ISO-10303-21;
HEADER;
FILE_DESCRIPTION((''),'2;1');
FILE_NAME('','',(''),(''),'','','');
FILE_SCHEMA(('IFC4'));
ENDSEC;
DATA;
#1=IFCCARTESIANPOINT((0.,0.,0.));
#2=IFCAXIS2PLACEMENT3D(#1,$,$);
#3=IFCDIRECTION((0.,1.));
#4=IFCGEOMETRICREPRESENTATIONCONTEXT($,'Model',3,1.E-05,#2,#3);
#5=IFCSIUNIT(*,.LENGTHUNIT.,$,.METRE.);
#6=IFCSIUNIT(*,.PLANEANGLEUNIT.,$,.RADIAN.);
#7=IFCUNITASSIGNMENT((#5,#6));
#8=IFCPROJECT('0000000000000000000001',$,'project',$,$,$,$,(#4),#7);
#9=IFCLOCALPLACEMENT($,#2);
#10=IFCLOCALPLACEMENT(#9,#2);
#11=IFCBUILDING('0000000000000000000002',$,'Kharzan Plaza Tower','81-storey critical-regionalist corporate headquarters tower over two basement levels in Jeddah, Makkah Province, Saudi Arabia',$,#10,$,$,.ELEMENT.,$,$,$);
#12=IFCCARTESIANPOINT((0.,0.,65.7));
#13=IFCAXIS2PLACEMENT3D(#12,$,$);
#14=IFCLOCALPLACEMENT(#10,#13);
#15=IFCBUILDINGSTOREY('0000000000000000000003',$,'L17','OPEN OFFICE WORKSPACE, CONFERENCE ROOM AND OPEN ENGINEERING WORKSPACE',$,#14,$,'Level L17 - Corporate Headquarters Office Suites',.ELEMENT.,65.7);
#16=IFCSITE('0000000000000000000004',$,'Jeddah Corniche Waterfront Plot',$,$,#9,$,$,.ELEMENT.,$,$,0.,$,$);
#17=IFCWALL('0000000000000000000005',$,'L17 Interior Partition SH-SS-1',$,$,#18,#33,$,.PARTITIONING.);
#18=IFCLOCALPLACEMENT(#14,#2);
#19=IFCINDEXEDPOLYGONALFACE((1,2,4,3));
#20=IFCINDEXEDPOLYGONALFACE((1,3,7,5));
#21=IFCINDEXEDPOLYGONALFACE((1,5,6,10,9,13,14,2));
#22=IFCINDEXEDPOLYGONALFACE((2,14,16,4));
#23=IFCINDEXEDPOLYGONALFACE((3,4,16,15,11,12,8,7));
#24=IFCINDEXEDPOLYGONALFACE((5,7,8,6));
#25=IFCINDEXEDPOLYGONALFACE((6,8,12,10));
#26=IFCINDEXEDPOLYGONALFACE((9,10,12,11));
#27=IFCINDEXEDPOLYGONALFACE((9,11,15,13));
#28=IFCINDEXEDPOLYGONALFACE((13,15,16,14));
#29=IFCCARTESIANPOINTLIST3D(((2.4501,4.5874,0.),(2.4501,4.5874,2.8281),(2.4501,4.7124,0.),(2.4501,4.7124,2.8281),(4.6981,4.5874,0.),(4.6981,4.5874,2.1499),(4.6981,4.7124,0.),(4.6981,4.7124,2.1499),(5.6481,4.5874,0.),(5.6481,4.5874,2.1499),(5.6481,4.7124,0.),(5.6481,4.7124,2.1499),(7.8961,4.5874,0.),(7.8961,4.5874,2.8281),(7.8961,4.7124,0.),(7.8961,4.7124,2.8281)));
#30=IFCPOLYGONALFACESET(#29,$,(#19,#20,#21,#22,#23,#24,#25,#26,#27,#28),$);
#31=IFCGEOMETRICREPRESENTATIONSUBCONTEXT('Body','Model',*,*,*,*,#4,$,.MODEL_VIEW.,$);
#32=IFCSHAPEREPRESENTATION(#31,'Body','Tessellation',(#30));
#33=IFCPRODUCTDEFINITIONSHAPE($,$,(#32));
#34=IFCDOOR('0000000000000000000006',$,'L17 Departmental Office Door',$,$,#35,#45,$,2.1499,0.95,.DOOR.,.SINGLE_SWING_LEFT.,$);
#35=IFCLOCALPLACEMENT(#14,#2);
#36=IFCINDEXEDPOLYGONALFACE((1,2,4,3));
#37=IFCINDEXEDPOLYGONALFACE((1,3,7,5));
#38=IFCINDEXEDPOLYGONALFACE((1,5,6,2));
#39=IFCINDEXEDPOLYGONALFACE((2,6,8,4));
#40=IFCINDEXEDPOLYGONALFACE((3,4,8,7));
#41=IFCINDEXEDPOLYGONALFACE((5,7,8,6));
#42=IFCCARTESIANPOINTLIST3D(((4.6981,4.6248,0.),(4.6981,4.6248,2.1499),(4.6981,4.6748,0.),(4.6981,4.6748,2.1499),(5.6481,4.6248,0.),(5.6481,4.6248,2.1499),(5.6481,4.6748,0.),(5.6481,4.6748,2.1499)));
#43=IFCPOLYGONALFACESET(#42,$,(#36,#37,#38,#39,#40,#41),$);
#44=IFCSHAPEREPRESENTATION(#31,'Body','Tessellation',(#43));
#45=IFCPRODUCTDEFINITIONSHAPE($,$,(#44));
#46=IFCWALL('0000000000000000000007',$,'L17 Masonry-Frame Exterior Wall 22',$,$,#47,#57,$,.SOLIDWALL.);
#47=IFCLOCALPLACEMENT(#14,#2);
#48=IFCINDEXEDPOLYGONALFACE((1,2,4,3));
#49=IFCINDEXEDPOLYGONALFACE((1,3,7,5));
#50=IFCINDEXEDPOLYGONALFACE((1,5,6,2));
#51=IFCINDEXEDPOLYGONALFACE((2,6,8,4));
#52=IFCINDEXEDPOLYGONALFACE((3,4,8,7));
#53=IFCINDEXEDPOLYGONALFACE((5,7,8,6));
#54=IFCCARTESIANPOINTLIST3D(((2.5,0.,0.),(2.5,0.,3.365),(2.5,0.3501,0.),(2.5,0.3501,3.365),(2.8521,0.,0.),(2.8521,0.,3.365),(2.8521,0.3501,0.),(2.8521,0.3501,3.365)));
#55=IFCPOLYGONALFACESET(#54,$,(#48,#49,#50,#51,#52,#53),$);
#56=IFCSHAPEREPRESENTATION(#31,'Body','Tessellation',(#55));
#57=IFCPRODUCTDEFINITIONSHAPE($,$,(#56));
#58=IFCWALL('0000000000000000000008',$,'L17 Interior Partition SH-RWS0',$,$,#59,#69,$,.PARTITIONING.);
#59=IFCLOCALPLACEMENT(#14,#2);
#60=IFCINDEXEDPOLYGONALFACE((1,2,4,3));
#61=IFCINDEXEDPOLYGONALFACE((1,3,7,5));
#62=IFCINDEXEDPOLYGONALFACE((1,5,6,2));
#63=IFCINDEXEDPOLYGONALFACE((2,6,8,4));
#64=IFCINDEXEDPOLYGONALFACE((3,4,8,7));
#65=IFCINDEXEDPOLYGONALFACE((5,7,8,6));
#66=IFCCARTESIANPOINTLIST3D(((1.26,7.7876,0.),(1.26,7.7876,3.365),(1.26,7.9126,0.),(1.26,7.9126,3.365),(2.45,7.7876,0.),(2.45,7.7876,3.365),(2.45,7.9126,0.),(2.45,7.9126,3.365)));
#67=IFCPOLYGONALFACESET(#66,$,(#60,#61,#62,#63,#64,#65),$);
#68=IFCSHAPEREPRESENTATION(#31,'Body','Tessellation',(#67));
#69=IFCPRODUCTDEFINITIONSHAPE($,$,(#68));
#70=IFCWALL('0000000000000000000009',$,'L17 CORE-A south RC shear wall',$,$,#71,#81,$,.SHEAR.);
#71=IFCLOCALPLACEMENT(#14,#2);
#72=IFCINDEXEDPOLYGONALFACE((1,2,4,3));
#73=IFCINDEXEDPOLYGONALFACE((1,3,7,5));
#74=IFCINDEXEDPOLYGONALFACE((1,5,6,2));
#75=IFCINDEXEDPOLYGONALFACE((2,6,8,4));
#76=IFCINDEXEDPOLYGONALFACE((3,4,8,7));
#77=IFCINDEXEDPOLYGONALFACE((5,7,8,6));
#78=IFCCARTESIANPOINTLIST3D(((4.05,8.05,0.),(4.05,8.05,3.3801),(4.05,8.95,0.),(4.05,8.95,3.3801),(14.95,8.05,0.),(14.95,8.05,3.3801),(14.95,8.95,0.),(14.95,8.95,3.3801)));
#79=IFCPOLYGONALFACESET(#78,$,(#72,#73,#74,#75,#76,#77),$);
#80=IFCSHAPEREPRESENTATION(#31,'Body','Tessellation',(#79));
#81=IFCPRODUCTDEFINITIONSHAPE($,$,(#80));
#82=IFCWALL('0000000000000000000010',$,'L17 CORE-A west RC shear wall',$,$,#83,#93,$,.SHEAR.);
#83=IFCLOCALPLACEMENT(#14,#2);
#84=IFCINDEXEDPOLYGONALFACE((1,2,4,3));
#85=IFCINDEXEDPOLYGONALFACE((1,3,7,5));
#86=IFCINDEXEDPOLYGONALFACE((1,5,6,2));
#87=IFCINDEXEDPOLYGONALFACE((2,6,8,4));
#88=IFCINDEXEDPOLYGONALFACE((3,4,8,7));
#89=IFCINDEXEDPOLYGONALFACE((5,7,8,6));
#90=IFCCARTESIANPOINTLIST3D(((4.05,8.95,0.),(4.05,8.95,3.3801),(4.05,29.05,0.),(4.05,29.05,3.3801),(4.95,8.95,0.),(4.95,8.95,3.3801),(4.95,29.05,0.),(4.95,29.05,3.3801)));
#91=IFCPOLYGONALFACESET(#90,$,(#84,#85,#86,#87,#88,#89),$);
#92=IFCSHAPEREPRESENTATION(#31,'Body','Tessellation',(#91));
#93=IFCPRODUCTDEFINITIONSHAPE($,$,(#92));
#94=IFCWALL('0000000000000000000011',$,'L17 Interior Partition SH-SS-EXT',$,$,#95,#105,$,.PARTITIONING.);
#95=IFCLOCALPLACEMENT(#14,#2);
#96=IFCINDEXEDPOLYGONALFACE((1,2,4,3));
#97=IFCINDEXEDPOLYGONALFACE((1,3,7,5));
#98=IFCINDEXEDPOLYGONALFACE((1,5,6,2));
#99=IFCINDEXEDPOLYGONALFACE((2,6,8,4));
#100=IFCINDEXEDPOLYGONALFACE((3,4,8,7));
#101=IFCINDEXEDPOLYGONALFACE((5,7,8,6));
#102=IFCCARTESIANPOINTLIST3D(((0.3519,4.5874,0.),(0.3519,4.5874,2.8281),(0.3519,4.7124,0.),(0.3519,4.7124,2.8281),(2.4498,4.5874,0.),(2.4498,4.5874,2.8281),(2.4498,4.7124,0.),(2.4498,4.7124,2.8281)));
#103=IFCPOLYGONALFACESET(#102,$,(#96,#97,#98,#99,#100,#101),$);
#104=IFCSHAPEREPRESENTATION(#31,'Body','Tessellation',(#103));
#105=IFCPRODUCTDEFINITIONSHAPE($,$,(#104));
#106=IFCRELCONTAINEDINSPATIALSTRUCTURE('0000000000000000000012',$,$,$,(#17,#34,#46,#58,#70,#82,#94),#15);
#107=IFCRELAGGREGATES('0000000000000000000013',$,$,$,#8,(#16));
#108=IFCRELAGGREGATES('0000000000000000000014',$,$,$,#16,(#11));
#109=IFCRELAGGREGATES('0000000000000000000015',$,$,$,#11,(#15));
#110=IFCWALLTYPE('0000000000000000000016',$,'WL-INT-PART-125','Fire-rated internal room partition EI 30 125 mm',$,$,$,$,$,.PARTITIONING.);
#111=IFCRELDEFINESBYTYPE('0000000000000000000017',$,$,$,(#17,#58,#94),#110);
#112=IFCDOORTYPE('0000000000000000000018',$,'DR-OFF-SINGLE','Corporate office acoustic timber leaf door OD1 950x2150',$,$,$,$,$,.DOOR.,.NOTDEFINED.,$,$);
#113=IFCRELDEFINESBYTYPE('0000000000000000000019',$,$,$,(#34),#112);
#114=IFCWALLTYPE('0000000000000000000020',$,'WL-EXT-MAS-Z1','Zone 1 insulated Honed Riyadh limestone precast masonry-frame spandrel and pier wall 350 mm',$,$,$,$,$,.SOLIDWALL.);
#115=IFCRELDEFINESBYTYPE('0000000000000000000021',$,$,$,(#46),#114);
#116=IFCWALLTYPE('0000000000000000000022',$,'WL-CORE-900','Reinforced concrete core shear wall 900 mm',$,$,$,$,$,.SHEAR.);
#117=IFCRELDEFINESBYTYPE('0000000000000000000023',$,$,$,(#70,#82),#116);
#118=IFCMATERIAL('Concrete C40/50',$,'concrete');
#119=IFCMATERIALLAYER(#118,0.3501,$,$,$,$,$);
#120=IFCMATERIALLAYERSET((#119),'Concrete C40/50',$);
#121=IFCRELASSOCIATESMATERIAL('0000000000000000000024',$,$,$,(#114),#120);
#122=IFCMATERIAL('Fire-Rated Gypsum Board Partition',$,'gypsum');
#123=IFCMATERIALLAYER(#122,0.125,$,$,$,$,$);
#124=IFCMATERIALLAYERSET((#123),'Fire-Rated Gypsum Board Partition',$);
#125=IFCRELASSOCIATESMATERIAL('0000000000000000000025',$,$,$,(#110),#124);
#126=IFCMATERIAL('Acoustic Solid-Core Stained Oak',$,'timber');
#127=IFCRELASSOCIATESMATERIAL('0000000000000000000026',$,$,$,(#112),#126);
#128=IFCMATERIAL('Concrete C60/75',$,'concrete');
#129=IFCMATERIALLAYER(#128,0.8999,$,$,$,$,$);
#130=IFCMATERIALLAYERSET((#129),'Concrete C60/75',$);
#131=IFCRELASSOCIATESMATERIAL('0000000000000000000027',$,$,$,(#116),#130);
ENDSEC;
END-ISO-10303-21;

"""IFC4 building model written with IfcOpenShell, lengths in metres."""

from ifc_helpers import new_model, si_unit, direction, frame, frame_2d, origin, place, context, subcontext, project, spatial, rectangle, extrude, source, transform, mapped, material, layer, layer_set, type_object, element, fill, save


model = new_model("IFC4")

# Units and contexts
model_context = context("Model", 3, precision=1e-05, world=origin(), true_north=direction((0.0, 1.0)))
body_context = subcontext(model_context, "Body", "Model", "MODEL_VIEW")
ifc_project = project(units=[si_unit("LENGTHUNIT", "METRE"), si_unit("PLANEANGLEUNIT", "RADIAN")], contexts=[model_context])

# Site, building, storey
site_placement = place(None, origin())
site = spatial("IfcSite", under=ifc_project, at=site_placement, Name="Jeddah Corniche Waterfront Plot", CompositionType="ELEMENT", RefElevation=0.0)
building_placement = place(site_placement, origin())
building = spatial("IfcBuilding", under=site, at=building_placement, Name="Kharzan Plaza Tower", Description="81-storey critical-regionalist corporate headquarters tower over two basement levels in Jeddah, Makkah Province, Saudi Arabia", CompositionType="ELEMENT")
storey_placement = place(building_placement, frame((0.0, 0.0, 65.7)))
storey = spatial("IfcBuildingStorey", under=building, at=storey_placement, Name="L17", Description="OPEN OFFICE WORKSPACE, CONFERENCE ROOM AND OPEN ENGINEERING WORKSPACE", LongName="Level L17 - Corporate Headquarters Office Suites", CompositionType="ELEMENT", Elevation=65.7)

# Shared definitions
ifc_material_1 = material(Name="Concrete C60/75", Category="concrete")

# Shared definitions
ifc_material_2 = material(Name="Concrete C40/50", Category="concrete")

# Shared definitions
ifc_layer_1 = layer(ifc_material_2, 0.3501)
ifc_layer_set_1 = layer_set([ifc_layer_1], Name="Concrete C40/50")
wall_type_1 = type_object("IfcWallType", Name="WL-EXT-MAS-Z1", Description="Zone 1 insulated Honed Riyadh limestone precast masonry-frame spandrel and pier wall 350 mm", PredefinedType="SOLIDWALL", material=ifc_layer_set_1)

# Wall, opening, door
ifc_material_3 = material(Name="Fire-Rated Gypsum Board Partition", Category="gypsum")
ifc_layer_2 = layer(ifc_material_3, 0.125)
ifc_layer_set_2 = layer_set([ifc_layer_2], Name="Fire-Rated Gypsum Board Partition")
wall_type_2 = type_object("IfcWallType", Name="WL-INT-PART-125", Description="Fire-rated internal room partition EI 30 125 mm", PredefinedType="PARTITIONING", material=ifc_layer_set_2)
ifc_material_4 = material(Name="Acoustic Solid-Core Stained Oak", Category="timber")
door_type = type_object("IfcDoorType", Name="DR-OFF-SINGLE", Description="Corporate office acoustic timber leaf door OD1 950x2150", OperationType="NOTDEFINED", PredefinedType="DOOR", material=ifc_material_4)
shared_shape_1 = source(origin(), body_context, "Body", "SweptSolid", [
    extrude(rectangle(XDim=0.95, YDim=2.1499, at=frame_2d((0.4751, 1.075))), frame((0.0, 0.0249, 0.0), z_axis=(0.0, -1.0, 0.0), x_axis=(1.0, 0.0, 0.0)), (0.0, 0.0, 1.0), 0.05),
])
wall_1_placement = place(storey_placement, frame((2.45, 4.6499, 0.0), z_axis=(0.0, 0.0, 1.0), x_axis=(1.0, 0.0, 0.0)))
wall_1 = element("IfcWall", 1, at=wall_1_placement, inside=storey, type_object=wall_type_2, Name="L17 Interior Partition SH-SS-1", PredefinedType="PARTITIONING", context=body_context, shape_type="SweptSolid", body=[
    extrude(rectangle(XDim=5.446, YDim=0.125, at=frame_2d((2.7231, 0.0))), origin(), (0.0, 0.0, 1.0), 2.8281),
])
opening_1_placement = place(wall_1_placement, frame((2.248, 0.0, 0.0)))
opening_1 = element("IfcOpeningElement", 2, at=opening_1_placement, cuts=wall_1, PredefinedType="OPENING", context=body_context, shape_type="SweptSolid", body=[
    extrude(rectangle(XDim=0.95, YDim=2.1499, at=frame_2d((0.4751, 1.075))), frame((0.0, 0.0725, 0.0), z_axis=(0.0, -1.0, 0.0), x_axis=(1.0, 0.0, 0.0)), (0.0, 0.0, 1.0), 0.145),
])
door_1_placement = place(opening_1_placement, origin())
door_1 = element("IfcDoor", 3, at=door_1_placement, inside=storey, type_object=door_type, Name="L17 Departmental Office Door", OperationType="SINGLE_SWING_LEFT", OverallHeight=2.1499, OverallWidth=0.95, PredefinedType="DOOR", context=body_context, shape_type="MappedRepresentation", body=[
    mapped(shared_shape_1, transform((0.0, 0.0, 0.0), x_axis=(1.0, 0.0, 0.0), y_axis=(0.0, 1.0, 0.0), z_axis=(0.0, 0.0, 1.0))),
])
fill(opening_1, door_1)

# Walls
shared_shape_2 = source(origin(), body_context, "Body", "SweptSolid", [
    extrude(rectangle(XDim=0.3521, YDim=0.3501, at=frame_2d((0.176, 0.0))), origin(), (0.0, 0.0, 1.0), 3.365),
])
wall_2_placement = place(storey_placement, frame((2.5, 0.175, 0.0), z_axis=(0.0, 0.0, 1.0), x_axis=(1.0, 0.0, 0.0)))
element("IfcWall", 4, at=wall_2_placement, inside=storey, type_object=wall_type_1, Name="L17 Masonry-Frame Exterior Wall 22", PredefinedType="SOLIDWALL", context=body_context, shape_type="MappedRepresentation", body=[
    mapped(shared_shape_2, transform((0.0, 0.0, 0.0), x_axis=(1.0, 0.0, 0.0), y_axis=(0.0, 1.0, 0.0), z_axis=(0.0, 0.0, 1.0))),
])
shared_shape_3 = source(origin(), body_context, "Body", "SweptSolid", [
    extrude(rectangle(XDim=1.1899, YDim=0.125, at=frame_2d((0.595, 0.0))), origin(), (0.0, 0.0, 1.0), 3.365),
])
wall_3_placement = place(storey_placement, frame((1.26, 7.8501, 0.0), z_axis=(0.0, 0.0, 1.0), x_axis=(1.0, 0.0, 0.0)))
element("IfcWall", 5, at=wall_3_placement, inside=storey, type_object=wall_type_2, Name="L17 Interior Partition SH-RWS0", PredefinedType="PARTITIONING", context=body_context, shape_type="MappedRepresentation", body=[
    mapped(shared_shape_3, transform((0.0, 0.0, 0.0), x_axis=(1.0, 0.0, 0.0), y_axis=(0.0, 1.0, 0.0), z_axis=(0.0, 0.0, 1.0))),
])
ifc_layer_3 = layer(ifc_material_1, 0.8999)
ifc_layer_set_3 = layer_set([ifc_layer_3], Name="Concrete C60/75")
wall_type_3 = type_object("IfcWallType", Name="WL-CORE-900", Description="Reinforced concrete core shear wall 900 mm", PredefinedType="SHEAR", material=ifc_layer_set_3)
shared_shape_4 = source(origin(), body_context, "Body", "SweptSolid", [
    extrude(rectangle(XDim=10.8999, YDim=0.8999, at=frame_2d((5.45, 0.0))), origin(), (0.0, 0.0, 1.0), 3.3801),
])
wall_4_placement = place(storey_placement, frame((4.05, 8.5, 0.0), z_axis=(0.0, 0.0, 1.0), x_axis=(1.0, 0.0, 0.0)))
element("IfcWall", 6, at=wall_4_placement, inside=storey, type_object=wall_type_3, Name="L17 CORE-A south RC shear wall", PredefinedType="SHEAR", context=body_context, shape_type="MappedRepresentation", body=[
    mapped(shared_shape_4, transform((0.0, 0.0, 0.0), x_axis=(1.0, 0.0, 0.0), y_axis=(0.0, 1.0, 0.0), z_axis=(0.0, 0.0, 1.0))),
])
shared_shape_5 = source(origin(), body_context, "Body", "SweptSolid", [
    extrude(rectangle(XDim=20.1001, YDim=0.8999, at=frame_2d((10.05, 0.0))), origin(), (0.0, 0.0, 1.0), 3.3801),
])
wall_5_placement = place(storey_placement, frame((4.5, 8.95, 0.0), z_axis=(0.0, 0.0, 1.0), x_axis=(0.0, 1.0, 0.0)))
element("IfcWall", 7, at=wall_5_placement, inside=storey, type_object=wall_type_3, Name="L17 CORE-A west RC shear wall", PredefinedType="SHEAR", context=body_context, shape_type="MappedRepresentation", body=[
    mapped(shared_shape_5, transform((0.0, 0.0, 0.0), x_axis=(1.0, 0.0, 0.0), y_axis=(0.0, 1.0, 0.0), z_axis=(0.0, 0.0, 1.0))),
])
shared_shape_6 = source(origin(), body_context, "Body", "SweptSolid", [
    extrude(rectangle(XDim=2.0979, YDim=0.125, at=frame_2d((1.0488, 0.0))), origin(), (0.0, 0.0, 1.0), 2.8281),
])
wall_6_placement = place(storey_placement, frame((0.3521, 4.6499, 0.0), z_axis=(0.0, 0.0, 1.0), x_axis=(1.0, 0.0, 0.0)))
element("IfcWall", 8, at=wall_6_placement, inside=storey, type_object=wall_type_2, Name="L17 Interior Partition SH-SS-EXT", PredefinedType="PARTITIONING", context=body_context, shape_type="MappedRepresentation", body=[
    mapped(shared_shape_6, transform((0.0, 0.0, 0.0), x_axis=(1.0, 0.0, 0.0), y_axis=(0.0, 1.0, 0.0), z_axis=(0.0, 0.0, 1.0))),
])

save(model, "model.ifc")
